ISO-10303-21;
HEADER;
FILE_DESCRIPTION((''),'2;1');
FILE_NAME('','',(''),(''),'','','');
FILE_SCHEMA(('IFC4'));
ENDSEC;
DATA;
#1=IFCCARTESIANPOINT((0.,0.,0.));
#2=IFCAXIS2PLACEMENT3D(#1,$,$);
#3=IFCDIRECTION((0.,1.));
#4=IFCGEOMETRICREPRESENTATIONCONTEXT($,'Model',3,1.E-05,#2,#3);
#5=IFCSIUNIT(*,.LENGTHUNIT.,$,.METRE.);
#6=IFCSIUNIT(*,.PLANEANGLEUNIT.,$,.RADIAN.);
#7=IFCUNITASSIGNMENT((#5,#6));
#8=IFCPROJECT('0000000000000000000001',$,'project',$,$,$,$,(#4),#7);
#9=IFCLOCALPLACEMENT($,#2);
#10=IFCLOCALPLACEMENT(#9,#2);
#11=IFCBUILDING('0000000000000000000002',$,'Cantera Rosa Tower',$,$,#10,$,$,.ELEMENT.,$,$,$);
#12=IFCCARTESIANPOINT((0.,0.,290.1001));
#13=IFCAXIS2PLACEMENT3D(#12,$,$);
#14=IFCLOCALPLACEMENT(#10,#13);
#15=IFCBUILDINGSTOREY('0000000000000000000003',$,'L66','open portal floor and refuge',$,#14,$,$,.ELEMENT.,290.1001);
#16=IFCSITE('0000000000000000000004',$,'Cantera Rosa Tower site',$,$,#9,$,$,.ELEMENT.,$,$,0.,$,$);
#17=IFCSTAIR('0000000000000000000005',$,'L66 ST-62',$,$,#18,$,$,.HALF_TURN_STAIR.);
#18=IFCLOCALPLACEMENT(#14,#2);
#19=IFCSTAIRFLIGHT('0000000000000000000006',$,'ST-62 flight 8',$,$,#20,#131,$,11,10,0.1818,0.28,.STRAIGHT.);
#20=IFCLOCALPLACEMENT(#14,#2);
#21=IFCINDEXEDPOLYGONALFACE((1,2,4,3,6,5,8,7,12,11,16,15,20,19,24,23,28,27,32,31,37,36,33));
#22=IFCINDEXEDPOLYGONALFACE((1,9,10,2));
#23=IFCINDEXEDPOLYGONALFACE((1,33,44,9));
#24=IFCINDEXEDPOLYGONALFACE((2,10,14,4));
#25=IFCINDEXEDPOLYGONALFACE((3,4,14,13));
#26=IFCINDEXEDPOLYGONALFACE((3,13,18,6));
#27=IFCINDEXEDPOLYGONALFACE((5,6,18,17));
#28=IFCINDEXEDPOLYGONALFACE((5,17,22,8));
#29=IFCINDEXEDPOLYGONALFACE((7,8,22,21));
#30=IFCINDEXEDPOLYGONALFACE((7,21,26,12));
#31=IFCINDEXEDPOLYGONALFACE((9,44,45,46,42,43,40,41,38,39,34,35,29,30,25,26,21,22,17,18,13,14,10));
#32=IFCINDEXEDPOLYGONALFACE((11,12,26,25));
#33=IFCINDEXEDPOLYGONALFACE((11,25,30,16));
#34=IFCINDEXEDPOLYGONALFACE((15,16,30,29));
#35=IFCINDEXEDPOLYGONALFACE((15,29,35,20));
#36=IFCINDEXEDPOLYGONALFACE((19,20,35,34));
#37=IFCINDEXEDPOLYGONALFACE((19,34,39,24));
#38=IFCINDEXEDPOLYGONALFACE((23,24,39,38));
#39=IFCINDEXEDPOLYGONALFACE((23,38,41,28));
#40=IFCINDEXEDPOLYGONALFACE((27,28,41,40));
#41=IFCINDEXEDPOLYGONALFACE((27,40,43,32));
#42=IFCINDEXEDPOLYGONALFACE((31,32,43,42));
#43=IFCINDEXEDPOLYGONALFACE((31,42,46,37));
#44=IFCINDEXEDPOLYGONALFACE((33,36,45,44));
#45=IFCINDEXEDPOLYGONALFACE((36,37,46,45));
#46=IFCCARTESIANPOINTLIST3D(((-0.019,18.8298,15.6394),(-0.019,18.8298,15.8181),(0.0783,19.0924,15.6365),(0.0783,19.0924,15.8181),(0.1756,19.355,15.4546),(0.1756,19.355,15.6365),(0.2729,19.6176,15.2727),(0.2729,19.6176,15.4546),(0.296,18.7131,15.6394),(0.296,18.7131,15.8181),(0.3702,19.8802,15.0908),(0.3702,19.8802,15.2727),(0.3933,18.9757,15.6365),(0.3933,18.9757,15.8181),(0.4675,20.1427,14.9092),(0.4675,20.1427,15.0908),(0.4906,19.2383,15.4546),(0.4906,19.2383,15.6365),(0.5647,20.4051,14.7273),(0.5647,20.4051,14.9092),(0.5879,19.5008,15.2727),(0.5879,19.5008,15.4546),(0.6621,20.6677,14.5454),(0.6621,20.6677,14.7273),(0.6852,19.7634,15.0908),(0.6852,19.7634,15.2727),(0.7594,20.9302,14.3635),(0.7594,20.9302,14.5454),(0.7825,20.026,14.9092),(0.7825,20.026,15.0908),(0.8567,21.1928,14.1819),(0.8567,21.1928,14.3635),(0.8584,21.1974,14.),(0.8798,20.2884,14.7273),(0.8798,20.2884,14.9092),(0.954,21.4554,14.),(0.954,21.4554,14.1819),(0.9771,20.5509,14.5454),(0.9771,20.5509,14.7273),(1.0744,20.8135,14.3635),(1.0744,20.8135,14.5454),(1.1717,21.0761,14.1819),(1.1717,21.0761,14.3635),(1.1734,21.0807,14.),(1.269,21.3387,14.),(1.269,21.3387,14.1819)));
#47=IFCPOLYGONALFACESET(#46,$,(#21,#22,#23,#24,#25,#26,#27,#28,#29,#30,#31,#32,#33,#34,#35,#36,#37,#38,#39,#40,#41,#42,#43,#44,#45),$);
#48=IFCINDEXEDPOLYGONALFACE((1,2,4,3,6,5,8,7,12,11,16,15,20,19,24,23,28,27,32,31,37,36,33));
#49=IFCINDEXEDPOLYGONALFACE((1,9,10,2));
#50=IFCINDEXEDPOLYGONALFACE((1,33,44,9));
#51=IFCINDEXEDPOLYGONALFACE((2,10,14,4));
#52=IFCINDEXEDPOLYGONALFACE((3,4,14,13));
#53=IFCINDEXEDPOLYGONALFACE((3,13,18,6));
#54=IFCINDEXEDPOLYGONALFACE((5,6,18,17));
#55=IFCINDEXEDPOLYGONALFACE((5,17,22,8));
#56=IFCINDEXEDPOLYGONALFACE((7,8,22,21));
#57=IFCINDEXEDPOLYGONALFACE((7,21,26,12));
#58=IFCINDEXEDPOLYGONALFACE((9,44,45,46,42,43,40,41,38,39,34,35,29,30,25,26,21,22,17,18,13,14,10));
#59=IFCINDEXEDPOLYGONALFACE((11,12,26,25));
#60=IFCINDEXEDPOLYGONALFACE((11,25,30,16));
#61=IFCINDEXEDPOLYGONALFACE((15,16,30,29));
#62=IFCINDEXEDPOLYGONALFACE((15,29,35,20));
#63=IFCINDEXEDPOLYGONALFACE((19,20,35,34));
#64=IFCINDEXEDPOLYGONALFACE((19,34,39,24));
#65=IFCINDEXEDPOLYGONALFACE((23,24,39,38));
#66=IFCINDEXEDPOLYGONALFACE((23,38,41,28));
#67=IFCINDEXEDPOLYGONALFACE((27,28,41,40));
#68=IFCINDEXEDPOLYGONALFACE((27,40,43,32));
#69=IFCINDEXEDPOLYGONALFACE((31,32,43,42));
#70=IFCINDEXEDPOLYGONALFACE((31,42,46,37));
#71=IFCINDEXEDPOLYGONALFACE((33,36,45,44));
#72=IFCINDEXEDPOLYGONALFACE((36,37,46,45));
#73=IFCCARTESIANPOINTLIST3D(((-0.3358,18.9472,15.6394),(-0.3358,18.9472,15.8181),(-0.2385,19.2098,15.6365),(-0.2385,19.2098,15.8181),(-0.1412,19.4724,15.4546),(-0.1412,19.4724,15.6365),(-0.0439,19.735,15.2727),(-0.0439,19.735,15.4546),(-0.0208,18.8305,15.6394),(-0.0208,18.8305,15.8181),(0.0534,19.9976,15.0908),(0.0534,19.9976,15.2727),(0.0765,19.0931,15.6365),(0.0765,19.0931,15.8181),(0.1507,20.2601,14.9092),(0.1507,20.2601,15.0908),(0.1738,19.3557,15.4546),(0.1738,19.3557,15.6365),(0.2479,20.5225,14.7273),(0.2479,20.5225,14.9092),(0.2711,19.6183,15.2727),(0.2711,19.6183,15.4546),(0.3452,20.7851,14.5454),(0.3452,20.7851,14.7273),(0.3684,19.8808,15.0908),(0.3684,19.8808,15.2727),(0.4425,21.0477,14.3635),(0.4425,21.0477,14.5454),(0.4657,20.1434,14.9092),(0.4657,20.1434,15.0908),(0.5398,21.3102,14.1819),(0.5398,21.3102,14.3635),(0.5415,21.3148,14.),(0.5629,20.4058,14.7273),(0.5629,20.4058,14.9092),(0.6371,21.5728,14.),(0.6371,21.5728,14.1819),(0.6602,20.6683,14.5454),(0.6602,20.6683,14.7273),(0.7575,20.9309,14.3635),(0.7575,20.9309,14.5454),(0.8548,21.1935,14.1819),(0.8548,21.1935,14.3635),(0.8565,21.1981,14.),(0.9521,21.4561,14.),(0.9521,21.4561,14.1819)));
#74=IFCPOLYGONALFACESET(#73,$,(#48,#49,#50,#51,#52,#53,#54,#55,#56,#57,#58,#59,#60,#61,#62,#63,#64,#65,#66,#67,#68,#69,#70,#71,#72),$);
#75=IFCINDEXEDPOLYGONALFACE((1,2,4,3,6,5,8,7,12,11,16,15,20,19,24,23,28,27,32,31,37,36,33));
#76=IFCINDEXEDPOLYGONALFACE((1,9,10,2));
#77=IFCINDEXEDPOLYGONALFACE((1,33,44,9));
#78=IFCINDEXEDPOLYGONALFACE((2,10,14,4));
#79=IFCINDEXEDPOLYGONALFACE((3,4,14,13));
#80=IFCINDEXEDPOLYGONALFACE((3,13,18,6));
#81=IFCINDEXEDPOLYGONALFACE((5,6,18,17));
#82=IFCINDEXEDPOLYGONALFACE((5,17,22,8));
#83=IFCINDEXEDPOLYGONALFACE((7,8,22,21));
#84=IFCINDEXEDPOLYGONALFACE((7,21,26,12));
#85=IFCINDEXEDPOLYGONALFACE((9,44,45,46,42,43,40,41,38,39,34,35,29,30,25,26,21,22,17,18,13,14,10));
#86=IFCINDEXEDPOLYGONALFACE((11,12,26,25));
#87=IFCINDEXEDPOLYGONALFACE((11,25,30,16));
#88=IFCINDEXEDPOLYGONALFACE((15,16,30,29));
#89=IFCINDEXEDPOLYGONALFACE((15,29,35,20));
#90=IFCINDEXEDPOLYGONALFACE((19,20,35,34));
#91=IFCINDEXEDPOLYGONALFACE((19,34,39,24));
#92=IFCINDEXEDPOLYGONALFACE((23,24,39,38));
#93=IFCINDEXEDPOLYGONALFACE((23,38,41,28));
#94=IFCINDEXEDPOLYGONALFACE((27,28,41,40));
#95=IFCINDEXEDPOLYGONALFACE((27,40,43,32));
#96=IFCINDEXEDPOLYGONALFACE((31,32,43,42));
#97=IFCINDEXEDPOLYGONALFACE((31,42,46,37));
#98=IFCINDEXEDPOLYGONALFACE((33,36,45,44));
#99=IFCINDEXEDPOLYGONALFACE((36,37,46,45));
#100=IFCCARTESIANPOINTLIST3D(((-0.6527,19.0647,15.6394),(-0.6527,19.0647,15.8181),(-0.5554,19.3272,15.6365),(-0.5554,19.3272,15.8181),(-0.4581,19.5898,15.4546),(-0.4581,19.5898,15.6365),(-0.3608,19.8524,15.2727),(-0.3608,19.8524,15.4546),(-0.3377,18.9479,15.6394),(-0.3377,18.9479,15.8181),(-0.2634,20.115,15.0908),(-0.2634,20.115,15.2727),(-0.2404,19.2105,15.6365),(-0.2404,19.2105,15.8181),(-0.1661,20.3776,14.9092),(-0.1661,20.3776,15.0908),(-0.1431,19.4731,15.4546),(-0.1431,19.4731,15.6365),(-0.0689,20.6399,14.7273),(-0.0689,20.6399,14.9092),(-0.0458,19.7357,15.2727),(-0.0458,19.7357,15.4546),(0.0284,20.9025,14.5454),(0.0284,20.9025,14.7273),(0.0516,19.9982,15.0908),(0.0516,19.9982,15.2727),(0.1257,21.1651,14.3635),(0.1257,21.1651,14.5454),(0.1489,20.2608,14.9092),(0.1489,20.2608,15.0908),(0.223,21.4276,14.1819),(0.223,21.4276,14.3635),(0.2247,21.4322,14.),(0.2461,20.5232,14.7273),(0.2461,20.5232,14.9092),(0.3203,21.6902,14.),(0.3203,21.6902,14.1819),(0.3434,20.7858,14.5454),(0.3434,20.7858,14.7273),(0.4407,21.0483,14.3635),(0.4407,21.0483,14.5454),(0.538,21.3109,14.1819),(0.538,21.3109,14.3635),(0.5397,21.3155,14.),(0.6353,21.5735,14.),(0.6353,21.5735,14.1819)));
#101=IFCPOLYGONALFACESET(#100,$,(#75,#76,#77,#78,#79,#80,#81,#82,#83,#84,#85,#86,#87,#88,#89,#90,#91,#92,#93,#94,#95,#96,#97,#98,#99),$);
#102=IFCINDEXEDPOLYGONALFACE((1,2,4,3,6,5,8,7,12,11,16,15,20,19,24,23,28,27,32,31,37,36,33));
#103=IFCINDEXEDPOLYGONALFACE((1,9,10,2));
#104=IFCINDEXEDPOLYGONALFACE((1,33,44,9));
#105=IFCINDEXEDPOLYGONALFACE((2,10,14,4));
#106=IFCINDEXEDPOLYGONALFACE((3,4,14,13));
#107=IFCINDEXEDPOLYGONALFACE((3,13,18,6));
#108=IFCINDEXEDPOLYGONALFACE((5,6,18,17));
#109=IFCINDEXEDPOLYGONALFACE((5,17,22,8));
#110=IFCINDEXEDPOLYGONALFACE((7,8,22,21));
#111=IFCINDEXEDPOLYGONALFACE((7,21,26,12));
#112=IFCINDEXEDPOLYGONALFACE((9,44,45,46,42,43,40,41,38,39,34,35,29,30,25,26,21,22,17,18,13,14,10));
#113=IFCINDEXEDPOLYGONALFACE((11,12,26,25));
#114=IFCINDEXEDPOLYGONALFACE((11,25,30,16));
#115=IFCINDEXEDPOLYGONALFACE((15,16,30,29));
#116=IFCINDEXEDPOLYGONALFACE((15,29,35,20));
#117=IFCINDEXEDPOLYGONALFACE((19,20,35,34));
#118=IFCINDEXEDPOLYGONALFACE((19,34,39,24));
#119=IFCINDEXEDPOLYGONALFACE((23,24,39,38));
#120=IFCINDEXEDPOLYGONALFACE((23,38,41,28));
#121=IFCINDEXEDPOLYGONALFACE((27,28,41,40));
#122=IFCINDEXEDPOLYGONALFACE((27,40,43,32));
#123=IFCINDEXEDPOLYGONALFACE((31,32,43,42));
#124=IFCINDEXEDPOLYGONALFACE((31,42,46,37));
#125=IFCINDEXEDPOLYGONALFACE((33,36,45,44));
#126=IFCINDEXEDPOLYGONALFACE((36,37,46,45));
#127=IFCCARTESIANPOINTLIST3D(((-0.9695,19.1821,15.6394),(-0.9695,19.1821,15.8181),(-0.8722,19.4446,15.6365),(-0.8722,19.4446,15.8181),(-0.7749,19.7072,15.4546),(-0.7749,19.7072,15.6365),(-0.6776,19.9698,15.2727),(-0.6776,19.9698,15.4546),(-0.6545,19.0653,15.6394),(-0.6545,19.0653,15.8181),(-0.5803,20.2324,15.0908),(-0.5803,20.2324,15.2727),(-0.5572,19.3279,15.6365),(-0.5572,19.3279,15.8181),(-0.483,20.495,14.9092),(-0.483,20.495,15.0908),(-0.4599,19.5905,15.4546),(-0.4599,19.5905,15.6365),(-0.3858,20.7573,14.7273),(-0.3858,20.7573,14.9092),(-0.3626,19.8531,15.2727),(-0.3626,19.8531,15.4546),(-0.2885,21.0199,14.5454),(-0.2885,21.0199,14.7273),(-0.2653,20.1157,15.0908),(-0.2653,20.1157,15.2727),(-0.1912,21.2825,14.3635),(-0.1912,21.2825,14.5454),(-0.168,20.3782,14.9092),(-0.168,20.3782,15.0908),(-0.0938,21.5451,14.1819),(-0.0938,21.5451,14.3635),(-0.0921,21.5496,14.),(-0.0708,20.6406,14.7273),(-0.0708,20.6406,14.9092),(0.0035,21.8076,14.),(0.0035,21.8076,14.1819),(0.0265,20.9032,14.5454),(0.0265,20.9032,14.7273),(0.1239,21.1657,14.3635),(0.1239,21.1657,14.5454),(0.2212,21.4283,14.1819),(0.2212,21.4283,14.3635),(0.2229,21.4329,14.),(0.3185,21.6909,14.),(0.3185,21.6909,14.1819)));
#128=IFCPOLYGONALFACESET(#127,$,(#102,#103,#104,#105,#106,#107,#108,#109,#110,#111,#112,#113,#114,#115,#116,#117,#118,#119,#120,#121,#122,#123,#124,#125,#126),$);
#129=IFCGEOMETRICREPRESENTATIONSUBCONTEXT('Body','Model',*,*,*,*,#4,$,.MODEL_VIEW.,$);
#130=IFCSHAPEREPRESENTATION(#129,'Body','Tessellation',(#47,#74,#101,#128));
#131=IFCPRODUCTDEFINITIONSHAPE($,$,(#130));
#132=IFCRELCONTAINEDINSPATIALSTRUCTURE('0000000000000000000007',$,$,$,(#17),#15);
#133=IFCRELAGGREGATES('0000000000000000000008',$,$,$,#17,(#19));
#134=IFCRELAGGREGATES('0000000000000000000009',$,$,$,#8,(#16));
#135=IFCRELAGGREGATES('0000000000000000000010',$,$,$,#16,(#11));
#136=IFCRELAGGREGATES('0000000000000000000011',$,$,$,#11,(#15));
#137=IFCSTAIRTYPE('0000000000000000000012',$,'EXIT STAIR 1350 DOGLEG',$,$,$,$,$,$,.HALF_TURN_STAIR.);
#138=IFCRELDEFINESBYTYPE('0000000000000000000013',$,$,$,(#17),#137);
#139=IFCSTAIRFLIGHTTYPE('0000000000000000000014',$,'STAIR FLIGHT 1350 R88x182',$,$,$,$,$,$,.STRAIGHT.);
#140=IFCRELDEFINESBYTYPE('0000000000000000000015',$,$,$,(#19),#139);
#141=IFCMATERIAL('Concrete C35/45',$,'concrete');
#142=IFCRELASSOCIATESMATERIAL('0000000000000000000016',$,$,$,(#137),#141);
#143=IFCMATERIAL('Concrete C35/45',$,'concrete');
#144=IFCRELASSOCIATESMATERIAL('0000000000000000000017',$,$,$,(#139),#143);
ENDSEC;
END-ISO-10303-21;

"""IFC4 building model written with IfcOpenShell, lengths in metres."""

from ifc_helpers import new_model, si_unit, direction, frame, origin, place, context, subcontext, project, spatial, polyline, outline, extrude, material, type_object, element, aggregate, save


model = new_model("IFC4")

# Units and contexts
model_context = context("Model", 3, precision=1e-05, world=origin(), true_north=direction((0.0, 1.0)))
body_context = subcontext(model_context, "Body", "Model", "MODEL_VIEW")
ifc_project = project(units=[si_unit("LENGTHUNIT", "METRE"), si_unit("PLANEANGLEUNIT", "RADIAN")], contexts=[model_context])

# Site, building, storey
site_placement = place(None, origin())
site = spatial("IfcSite", under=ifc_project, at=site_placement, Name="Cantera Rosa Tower site", CompositionType="ELEMENT", RefElevation=0.0)
building_placement = place(site_placement, origin())
building = spatial("IfcBuilding", under=site, at=building_placement, Name="Cantera Rosa Tower", CompositionType="ELEMENT")
storey_placement = place(building_placement, frame((0.0, 0.0, 290.1001)))
storey = spatial("IfcBuildingStorey", under=building, at=storey_placement, Name="L66", Description="open portal floor and refuge", CompositionType="ELEMENT", Elevation=290.1001)

# Stair, stair flight
ifc_material_1 = material(Name="Concrete C35/45", Category="concrete")
stair_type = type_object("IfcStairType", Name="EXIT STAIR 1350 DOGLEG", PredefinedType="HALF_TURN_STAIR", material=ifc_material_1)
stair_placement = place(storey_placement, origin())
stair = element("IfcStair", 1, at=stair_placement, inside=storey, type_object=stair_type, Name="L66 ST-62", PredefinedType="HALF_TURN_STAIR")
ifc_material_2 = material(Name="Concrete C35/45", Category="concrete")
stair_flight_type = type_object("IfcStairFlightType", Name="STAIR FLIGHT 1350 R88x182", PredefinedType="STRAIGHT", material=ifc_material_2)
stair_flight_1_placement = place(storey_placement, frame((0.636, 21.5732, 14.0), z_axis=(0.0, 0.0, 1.0), x_axis=(-0.347481, -0.937687, 0.0)))
stair_flight_1 = element("IfcStairFlight", 2, at=stair_flight_1_placement, type_object=stair_flight_type, Name="ST-62 flight 8", NumberOfRisers=11, NumberOfTreads=10, PredefinedType="STRAIGHT", RiserHeight=0.1818, TreadLength=0.28, context=body_context, shape_type="SweptSolid", body=[
    extrude(outline(polyline([(0.0, 0.0), (0.0, 0.1819), (0.28, 0.1819), (0.28, 0.3635), (0.5601, 0.3635), (0.5601, 0.5454), (0.8401, 0.5454), (0.8401, 0.7273), (1.1201, 0.7273), (1.1201, 0.9092), (1.3999, 0.9092), (1.3999, 1.0908), (1.6799, 1.0908), (1.6799, 1.2727), (1.96, 1.2727), (1.96, 1.4546), (2.24, 1.4546), (2.24, 1.6365), (2.52, 1.6365), (2.52, 1.8181), (2.8, 1.8181), (2.8, 2.0), (2.8, 1.6394), (0.2751, 0.0), (0.0, 0.0)])), frame((0.0, 0.675, 0.0), z_axis=(0.0, -1.0, 0.0), x_axis=(1.0, 0.0, 0.0)), (0.0, 0.0, 1.0), 0.3359),
    extrude(outline(polyline([(0.0, 0.0), (0.0, 0.1819), (0.28, 0.1819), (0.28, 0.3635), (0.5601, 0.3635), (0.5601, 0.5454), (0.8401, 0.5454), (0.8401, 0.7273), (1.1201, 0.7273), (1.1201, 0.9092), (1.3999, 0.9092), (1.3999, 1.0908), (1.6799, 1.0908), (1.6799, 1.2727), (1.96, 1.2727), (1.96, 1.4546), (2.24, 1.4546), (2.24, 1.6365), (2.52, 1.6365), (2.52, 1.8181), (2.8, 1.8181), (2.8, 2.0), (2.8, 1.6394), (0.2751, 0.0), (0.0, 0.0)])), frame((0.0, 0.3372, 0.0), z_axis=(0.0, -1.0, 0.0), x_axis=(1.0, 0.0, 0.0)), (0.0, 0.0, 1.0), 0.3359),
    extrude(outline(polyline([(0.0, 0.0), (0.0, 0.1819), (0.28, 0.1819), (0.28, 0.3635), (0.5601, 0.3635), (0.5601, 0.5454), (0.8401, 0.5454), (0.8401, 0.7273), (1.1201, 0.7273), (1.1201, 0.9092), (1.3999, 0.9092), (1.3999, 1.0908), (1.6799, 1.0908), (1.6799, 1.2727), (1.96, 1.2727), (1.96, 1.4546), (2.24, 1.4546), (2.24, 1.6365), (2.52, 1.6365), (2.52, 1.8181), (2.8, 1.8181), (2.8, 2.0), (2.8, 1.6394), (0.2751, 0.0), (0.0, 0.0)])), frame((0.0, -0.0007, 0.0), z_axis=(0.0, -1.0, 0.0), x_axis=(1.0, 0.0, 0.0)), (0.0, 0.0, 1.0), 0.3359),
    extrude(outline(polyline([(0.0, 0.0), (0.0, 0.1819), (0.28, 0.1819), (0.28, 0.3635), (0.5601, 0.3635), (0.5601, 0.5454), (0.8401, 0.5454), (0.8401, 0.7273), (1.1201, 0.7273), (1.1201, 0.9092), (1.3999, 0.9092), (1.3999, 1.0908), (1.6799, 1.0908), (1.6799, 1.2727), (1.96, 1.2727), (1.96, 1.4546), (2.24, 1.4546), (2.24, 1.6365), (2.52, 1.6365), (2.52, 1.8181), (2.8, 1.8181), (2.8, 2.0), (2.8, 1.6394), (0.2751, 0.0), (0.0, 0.0)])), frame((0.0, -0.3386, 0.0), z_axis=(0.0, -1.0, 0.0), x_axis=(1.0, 0.0, 0.0)), (0.0, 0.0, 1.0), 0.3359),
])
aggregate(stair, [stair_flight_1])

save(model, "model.ifc")
